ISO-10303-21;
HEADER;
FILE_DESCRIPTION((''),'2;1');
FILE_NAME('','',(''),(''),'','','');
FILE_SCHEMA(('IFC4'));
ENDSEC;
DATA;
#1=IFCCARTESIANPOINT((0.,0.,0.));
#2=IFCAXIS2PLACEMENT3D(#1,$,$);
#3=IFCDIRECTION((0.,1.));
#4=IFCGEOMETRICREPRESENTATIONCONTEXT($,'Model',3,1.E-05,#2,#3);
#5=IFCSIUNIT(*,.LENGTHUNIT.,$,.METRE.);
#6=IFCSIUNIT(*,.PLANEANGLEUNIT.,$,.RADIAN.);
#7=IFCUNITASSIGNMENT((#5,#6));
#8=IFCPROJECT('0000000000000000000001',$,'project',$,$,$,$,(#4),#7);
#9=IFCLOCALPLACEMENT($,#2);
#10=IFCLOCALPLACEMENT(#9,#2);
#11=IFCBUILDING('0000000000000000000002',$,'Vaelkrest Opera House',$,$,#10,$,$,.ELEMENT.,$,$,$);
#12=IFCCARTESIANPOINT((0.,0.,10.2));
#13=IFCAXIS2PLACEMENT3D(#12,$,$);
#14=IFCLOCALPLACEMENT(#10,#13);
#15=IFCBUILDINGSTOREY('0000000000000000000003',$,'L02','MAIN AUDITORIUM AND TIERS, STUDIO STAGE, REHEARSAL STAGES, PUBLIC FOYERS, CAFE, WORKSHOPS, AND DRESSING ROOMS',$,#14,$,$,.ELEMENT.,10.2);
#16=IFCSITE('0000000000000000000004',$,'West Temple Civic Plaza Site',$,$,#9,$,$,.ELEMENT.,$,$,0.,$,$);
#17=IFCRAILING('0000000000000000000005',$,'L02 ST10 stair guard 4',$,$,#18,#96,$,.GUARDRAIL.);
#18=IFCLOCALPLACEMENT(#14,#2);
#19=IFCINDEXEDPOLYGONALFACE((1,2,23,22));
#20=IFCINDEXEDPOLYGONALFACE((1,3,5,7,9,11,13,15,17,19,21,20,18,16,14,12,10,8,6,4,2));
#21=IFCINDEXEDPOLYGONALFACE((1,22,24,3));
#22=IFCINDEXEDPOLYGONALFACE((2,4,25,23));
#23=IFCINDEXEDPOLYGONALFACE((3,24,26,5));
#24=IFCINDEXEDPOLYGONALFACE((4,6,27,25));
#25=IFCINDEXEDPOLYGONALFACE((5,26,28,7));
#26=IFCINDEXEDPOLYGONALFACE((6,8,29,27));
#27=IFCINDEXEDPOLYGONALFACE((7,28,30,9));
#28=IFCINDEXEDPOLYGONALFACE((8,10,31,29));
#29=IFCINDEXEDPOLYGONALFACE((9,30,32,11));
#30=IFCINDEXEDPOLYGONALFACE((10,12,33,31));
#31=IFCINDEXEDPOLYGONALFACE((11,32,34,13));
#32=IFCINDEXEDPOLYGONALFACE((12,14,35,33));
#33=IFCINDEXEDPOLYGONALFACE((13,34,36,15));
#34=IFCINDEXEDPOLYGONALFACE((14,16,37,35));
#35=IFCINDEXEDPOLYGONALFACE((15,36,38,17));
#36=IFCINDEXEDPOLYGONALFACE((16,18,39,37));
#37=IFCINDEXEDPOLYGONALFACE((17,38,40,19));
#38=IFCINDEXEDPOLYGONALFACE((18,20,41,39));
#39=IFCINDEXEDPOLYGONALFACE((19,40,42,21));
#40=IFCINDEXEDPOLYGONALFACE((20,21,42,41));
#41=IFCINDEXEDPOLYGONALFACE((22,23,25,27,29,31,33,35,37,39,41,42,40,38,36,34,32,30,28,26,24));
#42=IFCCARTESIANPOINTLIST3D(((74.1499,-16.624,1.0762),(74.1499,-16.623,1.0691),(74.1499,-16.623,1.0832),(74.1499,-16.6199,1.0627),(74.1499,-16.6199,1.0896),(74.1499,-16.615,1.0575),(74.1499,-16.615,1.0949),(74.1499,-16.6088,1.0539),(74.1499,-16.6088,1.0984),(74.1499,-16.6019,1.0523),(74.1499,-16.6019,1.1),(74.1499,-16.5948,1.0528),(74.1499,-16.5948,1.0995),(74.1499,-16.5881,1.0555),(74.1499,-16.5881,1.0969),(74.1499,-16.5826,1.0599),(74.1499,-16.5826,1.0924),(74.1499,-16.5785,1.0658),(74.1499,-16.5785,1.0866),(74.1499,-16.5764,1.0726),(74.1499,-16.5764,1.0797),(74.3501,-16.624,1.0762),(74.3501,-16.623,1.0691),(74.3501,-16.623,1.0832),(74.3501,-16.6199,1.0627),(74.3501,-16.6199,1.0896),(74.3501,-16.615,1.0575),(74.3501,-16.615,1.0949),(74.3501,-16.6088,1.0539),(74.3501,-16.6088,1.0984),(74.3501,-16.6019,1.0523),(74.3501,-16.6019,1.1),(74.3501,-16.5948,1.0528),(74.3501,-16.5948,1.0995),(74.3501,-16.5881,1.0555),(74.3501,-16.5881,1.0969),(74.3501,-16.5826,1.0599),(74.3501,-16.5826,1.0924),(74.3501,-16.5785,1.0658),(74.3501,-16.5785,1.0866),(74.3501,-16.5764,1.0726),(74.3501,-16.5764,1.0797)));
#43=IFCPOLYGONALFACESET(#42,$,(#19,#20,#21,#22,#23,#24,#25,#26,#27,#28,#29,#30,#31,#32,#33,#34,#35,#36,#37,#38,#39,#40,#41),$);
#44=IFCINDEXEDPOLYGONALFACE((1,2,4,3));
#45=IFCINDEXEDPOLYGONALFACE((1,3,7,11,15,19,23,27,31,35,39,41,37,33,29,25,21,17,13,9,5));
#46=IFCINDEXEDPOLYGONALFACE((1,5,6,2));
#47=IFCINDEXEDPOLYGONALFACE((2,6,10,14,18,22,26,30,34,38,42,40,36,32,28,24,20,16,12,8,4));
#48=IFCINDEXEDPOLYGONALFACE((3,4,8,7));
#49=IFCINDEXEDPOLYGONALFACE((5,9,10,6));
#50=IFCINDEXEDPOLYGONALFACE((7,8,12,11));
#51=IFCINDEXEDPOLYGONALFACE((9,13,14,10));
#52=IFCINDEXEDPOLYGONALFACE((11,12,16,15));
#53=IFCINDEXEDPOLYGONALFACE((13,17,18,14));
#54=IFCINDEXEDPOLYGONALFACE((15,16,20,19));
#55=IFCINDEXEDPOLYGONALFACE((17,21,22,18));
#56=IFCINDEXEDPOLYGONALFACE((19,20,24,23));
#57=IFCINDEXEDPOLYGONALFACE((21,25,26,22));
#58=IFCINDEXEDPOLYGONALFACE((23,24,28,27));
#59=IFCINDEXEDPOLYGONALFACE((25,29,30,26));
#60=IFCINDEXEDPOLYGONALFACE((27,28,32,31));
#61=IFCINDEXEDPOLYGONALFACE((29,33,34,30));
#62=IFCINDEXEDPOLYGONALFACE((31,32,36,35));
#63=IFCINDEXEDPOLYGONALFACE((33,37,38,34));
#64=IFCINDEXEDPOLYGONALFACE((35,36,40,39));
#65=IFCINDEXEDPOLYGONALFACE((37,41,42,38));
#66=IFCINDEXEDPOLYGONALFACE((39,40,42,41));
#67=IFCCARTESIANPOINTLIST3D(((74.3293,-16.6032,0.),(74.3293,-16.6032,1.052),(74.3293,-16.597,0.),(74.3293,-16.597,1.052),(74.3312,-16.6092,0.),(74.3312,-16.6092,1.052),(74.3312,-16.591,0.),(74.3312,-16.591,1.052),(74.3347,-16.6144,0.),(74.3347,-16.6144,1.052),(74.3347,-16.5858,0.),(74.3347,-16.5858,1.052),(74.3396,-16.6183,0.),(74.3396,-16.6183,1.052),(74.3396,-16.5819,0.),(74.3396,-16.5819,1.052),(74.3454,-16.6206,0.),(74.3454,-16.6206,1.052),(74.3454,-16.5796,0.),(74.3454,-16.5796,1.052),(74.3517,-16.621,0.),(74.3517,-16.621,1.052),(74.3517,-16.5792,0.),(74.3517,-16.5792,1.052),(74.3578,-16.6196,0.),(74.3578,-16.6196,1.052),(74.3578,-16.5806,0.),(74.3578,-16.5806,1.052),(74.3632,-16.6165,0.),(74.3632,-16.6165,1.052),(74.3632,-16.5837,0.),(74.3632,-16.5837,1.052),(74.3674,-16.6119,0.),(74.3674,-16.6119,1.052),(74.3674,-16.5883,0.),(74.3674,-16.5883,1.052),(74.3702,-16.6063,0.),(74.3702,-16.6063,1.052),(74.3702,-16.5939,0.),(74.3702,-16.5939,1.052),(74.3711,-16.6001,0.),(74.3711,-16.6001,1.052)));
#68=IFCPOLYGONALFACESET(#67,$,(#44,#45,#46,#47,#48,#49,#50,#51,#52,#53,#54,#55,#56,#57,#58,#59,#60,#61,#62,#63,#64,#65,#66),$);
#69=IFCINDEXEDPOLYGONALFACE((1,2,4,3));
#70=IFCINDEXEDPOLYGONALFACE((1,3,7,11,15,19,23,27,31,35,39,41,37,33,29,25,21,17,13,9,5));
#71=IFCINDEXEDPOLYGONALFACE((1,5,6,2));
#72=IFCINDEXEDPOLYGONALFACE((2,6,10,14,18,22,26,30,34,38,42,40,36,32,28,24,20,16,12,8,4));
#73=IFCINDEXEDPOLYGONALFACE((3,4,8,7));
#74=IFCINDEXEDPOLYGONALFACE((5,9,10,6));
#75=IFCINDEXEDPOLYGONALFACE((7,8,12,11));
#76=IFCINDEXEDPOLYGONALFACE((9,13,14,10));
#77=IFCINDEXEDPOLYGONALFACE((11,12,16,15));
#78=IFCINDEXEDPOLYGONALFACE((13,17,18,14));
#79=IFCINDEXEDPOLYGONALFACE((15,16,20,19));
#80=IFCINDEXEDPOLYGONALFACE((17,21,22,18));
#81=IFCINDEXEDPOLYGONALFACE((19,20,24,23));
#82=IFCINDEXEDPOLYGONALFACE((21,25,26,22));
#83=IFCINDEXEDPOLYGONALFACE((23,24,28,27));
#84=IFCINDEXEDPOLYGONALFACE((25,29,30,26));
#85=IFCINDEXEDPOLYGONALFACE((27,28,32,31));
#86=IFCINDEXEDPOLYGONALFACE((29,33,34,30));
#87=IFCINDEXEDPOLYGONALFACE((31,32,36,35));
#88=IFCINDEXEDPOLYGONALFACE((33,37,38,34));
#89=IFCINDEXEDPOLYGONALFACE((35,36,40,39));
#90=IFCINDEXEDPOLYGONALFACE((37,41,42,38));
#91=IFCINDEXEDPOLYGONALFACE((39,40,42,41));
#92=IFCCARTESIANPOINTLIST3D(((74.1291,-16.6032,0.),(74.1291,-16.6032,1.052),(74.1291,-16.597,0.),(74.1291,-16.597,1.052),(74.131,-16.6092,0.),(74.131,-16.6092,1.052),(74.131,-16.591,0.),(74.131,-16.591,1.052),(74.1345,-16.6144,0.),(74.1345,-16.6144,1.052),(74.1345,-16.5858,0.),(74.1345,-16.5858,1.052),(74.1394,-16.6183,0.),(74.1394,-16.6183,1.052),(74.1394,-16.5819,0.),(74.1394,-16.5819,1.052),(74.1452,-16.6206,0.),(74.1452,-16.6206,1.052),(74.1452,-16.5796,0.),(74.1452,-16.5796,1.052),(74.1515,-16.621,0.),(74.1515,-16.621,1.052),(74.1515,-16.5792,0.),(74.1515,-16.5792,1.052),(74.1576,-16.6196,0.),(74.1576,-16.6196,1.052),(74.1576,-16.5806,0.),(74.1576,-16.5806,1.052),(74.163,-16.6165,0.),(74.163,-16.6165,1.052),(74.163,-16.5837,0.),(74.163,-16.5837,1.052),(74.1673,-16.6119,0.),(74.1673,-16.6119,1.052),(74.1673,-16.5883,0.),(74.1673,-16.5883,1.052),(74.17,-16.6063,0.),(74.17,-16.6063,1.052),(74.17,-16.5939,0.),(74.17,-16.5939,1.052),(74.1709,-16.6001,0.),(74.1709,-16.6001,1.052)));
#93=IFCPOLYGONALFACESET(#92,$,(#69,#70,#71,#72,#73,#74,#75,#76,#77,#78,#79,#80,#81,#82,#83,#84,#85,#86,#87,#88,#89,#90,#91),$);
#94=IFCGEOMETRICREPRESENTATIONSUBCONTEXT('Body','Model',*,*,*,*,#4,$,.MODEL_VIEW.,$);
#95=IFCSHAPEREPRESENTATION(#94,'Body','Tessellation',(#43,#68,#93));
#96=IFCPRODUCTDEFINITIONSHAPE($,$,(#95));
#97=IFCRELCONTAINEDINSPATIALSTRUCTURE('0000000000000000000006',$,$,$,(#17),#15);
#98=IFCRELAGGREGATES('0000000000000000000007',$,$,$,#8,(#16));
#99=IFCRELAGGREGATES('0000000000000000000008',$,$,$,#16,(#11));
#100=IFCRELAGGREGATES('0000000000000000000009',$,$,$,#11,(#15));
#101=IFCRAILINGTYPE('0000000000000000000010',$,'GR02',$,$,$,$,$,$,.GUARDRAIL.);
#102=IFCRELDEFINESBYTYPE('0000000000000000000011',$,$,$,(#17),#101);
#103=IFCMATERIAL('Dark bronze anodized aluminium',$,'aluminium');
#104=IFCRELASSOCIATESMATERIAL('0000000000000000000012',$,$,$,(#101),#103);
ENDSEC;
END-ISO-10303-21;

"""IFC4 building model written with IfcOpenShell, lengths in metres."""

from ifc_helpers import new_model, si_unit, direction, frame, origin, origin_2d, place, context, subcontext, project, spatial, circle, extrude, material, type_object, element, save


model = new_model("IFC4")

# Units and contexts
model_context = context("Model", 3, precision=1e-05, world=origin(), true_north=direction((0.0, 1.0)))
body_context = subcontext(model_context, "Body", "Model", "MODEL_VIEW")
ifc_project = project(units=[si_unit("LENGTHUNIT", "METRE"), si_unit("PLANEANGLEUNIT", "RADIAN")], contexts=[model_context])

# Site, building, storey
site_placement = place(None, origin())
site = spatial("IfcSite", under=ifc_project, at=site_placement, Name="West Temple Civic Plaza Site", CompositionType="ELEMENT", RefElevation=0.0)
building_placement = place(site_placement, origin())
building = spatial("IfcBuilding", under=site, at=building_placement, Name="Vaelkrest Opera House", CompositionType="ELEMENT")
storey_placement = place(building_placement, frame((0.0, 0.0, 10.2)))
storey = spatial("IfcBuildingStorey", under=building, at=storey_placement, Name="L02", Description="MAIN AUDITORIUM AND TIERS, STUDIO STAGE, REHEARSAL STAGES, PUBLIC FOYERS, CAFE, WORKSHOPS, AND DRESSING ROOMS", CompositionType="ELEMENT", Elevation=10.2)

# Railing
ifc_material_1 = material(Name="Dark bronze anodized aluminium", Category="aluminium")
railing_type_1 = type_object("IfcRailingType", Name="GR02", PredefinedType="GUARDRAIL", material=ifc_material_1)
railing_1_placement = place(storey_placement, frame((74.3501, -16.6001, 0.0)))
element("IfcRailing", 1, at=railing_1_placement, inside=storey, type_object=railing_type_1, Name="L02 ST10 stair guard 4", PredefinedType="GUARDRAIL", context=body_context, shape_type="SweptSolid", body=[
    extrude(circle(Radius=0.0239, at=origin_2d()), frame((0.0, 0.0, 1.0762), z_axis=(-1.0, 0.0, 0.0), x_axis=(0.0, -1.0, 0.0)), (0.0, 0.0, 1.0), 0.2002),
    extrude(circle(Radius=0.021, at=origin_2d()), origin(), (0.0, 0.0, 1.0), 1.052),
    extrude(circle(Radius=0.021, at=origin_2d()), frame((-0.2002, 0.0, 0.0)), (0.0, 0.0, 1.0), 1.052),
])

save(model, "model.ifc")
